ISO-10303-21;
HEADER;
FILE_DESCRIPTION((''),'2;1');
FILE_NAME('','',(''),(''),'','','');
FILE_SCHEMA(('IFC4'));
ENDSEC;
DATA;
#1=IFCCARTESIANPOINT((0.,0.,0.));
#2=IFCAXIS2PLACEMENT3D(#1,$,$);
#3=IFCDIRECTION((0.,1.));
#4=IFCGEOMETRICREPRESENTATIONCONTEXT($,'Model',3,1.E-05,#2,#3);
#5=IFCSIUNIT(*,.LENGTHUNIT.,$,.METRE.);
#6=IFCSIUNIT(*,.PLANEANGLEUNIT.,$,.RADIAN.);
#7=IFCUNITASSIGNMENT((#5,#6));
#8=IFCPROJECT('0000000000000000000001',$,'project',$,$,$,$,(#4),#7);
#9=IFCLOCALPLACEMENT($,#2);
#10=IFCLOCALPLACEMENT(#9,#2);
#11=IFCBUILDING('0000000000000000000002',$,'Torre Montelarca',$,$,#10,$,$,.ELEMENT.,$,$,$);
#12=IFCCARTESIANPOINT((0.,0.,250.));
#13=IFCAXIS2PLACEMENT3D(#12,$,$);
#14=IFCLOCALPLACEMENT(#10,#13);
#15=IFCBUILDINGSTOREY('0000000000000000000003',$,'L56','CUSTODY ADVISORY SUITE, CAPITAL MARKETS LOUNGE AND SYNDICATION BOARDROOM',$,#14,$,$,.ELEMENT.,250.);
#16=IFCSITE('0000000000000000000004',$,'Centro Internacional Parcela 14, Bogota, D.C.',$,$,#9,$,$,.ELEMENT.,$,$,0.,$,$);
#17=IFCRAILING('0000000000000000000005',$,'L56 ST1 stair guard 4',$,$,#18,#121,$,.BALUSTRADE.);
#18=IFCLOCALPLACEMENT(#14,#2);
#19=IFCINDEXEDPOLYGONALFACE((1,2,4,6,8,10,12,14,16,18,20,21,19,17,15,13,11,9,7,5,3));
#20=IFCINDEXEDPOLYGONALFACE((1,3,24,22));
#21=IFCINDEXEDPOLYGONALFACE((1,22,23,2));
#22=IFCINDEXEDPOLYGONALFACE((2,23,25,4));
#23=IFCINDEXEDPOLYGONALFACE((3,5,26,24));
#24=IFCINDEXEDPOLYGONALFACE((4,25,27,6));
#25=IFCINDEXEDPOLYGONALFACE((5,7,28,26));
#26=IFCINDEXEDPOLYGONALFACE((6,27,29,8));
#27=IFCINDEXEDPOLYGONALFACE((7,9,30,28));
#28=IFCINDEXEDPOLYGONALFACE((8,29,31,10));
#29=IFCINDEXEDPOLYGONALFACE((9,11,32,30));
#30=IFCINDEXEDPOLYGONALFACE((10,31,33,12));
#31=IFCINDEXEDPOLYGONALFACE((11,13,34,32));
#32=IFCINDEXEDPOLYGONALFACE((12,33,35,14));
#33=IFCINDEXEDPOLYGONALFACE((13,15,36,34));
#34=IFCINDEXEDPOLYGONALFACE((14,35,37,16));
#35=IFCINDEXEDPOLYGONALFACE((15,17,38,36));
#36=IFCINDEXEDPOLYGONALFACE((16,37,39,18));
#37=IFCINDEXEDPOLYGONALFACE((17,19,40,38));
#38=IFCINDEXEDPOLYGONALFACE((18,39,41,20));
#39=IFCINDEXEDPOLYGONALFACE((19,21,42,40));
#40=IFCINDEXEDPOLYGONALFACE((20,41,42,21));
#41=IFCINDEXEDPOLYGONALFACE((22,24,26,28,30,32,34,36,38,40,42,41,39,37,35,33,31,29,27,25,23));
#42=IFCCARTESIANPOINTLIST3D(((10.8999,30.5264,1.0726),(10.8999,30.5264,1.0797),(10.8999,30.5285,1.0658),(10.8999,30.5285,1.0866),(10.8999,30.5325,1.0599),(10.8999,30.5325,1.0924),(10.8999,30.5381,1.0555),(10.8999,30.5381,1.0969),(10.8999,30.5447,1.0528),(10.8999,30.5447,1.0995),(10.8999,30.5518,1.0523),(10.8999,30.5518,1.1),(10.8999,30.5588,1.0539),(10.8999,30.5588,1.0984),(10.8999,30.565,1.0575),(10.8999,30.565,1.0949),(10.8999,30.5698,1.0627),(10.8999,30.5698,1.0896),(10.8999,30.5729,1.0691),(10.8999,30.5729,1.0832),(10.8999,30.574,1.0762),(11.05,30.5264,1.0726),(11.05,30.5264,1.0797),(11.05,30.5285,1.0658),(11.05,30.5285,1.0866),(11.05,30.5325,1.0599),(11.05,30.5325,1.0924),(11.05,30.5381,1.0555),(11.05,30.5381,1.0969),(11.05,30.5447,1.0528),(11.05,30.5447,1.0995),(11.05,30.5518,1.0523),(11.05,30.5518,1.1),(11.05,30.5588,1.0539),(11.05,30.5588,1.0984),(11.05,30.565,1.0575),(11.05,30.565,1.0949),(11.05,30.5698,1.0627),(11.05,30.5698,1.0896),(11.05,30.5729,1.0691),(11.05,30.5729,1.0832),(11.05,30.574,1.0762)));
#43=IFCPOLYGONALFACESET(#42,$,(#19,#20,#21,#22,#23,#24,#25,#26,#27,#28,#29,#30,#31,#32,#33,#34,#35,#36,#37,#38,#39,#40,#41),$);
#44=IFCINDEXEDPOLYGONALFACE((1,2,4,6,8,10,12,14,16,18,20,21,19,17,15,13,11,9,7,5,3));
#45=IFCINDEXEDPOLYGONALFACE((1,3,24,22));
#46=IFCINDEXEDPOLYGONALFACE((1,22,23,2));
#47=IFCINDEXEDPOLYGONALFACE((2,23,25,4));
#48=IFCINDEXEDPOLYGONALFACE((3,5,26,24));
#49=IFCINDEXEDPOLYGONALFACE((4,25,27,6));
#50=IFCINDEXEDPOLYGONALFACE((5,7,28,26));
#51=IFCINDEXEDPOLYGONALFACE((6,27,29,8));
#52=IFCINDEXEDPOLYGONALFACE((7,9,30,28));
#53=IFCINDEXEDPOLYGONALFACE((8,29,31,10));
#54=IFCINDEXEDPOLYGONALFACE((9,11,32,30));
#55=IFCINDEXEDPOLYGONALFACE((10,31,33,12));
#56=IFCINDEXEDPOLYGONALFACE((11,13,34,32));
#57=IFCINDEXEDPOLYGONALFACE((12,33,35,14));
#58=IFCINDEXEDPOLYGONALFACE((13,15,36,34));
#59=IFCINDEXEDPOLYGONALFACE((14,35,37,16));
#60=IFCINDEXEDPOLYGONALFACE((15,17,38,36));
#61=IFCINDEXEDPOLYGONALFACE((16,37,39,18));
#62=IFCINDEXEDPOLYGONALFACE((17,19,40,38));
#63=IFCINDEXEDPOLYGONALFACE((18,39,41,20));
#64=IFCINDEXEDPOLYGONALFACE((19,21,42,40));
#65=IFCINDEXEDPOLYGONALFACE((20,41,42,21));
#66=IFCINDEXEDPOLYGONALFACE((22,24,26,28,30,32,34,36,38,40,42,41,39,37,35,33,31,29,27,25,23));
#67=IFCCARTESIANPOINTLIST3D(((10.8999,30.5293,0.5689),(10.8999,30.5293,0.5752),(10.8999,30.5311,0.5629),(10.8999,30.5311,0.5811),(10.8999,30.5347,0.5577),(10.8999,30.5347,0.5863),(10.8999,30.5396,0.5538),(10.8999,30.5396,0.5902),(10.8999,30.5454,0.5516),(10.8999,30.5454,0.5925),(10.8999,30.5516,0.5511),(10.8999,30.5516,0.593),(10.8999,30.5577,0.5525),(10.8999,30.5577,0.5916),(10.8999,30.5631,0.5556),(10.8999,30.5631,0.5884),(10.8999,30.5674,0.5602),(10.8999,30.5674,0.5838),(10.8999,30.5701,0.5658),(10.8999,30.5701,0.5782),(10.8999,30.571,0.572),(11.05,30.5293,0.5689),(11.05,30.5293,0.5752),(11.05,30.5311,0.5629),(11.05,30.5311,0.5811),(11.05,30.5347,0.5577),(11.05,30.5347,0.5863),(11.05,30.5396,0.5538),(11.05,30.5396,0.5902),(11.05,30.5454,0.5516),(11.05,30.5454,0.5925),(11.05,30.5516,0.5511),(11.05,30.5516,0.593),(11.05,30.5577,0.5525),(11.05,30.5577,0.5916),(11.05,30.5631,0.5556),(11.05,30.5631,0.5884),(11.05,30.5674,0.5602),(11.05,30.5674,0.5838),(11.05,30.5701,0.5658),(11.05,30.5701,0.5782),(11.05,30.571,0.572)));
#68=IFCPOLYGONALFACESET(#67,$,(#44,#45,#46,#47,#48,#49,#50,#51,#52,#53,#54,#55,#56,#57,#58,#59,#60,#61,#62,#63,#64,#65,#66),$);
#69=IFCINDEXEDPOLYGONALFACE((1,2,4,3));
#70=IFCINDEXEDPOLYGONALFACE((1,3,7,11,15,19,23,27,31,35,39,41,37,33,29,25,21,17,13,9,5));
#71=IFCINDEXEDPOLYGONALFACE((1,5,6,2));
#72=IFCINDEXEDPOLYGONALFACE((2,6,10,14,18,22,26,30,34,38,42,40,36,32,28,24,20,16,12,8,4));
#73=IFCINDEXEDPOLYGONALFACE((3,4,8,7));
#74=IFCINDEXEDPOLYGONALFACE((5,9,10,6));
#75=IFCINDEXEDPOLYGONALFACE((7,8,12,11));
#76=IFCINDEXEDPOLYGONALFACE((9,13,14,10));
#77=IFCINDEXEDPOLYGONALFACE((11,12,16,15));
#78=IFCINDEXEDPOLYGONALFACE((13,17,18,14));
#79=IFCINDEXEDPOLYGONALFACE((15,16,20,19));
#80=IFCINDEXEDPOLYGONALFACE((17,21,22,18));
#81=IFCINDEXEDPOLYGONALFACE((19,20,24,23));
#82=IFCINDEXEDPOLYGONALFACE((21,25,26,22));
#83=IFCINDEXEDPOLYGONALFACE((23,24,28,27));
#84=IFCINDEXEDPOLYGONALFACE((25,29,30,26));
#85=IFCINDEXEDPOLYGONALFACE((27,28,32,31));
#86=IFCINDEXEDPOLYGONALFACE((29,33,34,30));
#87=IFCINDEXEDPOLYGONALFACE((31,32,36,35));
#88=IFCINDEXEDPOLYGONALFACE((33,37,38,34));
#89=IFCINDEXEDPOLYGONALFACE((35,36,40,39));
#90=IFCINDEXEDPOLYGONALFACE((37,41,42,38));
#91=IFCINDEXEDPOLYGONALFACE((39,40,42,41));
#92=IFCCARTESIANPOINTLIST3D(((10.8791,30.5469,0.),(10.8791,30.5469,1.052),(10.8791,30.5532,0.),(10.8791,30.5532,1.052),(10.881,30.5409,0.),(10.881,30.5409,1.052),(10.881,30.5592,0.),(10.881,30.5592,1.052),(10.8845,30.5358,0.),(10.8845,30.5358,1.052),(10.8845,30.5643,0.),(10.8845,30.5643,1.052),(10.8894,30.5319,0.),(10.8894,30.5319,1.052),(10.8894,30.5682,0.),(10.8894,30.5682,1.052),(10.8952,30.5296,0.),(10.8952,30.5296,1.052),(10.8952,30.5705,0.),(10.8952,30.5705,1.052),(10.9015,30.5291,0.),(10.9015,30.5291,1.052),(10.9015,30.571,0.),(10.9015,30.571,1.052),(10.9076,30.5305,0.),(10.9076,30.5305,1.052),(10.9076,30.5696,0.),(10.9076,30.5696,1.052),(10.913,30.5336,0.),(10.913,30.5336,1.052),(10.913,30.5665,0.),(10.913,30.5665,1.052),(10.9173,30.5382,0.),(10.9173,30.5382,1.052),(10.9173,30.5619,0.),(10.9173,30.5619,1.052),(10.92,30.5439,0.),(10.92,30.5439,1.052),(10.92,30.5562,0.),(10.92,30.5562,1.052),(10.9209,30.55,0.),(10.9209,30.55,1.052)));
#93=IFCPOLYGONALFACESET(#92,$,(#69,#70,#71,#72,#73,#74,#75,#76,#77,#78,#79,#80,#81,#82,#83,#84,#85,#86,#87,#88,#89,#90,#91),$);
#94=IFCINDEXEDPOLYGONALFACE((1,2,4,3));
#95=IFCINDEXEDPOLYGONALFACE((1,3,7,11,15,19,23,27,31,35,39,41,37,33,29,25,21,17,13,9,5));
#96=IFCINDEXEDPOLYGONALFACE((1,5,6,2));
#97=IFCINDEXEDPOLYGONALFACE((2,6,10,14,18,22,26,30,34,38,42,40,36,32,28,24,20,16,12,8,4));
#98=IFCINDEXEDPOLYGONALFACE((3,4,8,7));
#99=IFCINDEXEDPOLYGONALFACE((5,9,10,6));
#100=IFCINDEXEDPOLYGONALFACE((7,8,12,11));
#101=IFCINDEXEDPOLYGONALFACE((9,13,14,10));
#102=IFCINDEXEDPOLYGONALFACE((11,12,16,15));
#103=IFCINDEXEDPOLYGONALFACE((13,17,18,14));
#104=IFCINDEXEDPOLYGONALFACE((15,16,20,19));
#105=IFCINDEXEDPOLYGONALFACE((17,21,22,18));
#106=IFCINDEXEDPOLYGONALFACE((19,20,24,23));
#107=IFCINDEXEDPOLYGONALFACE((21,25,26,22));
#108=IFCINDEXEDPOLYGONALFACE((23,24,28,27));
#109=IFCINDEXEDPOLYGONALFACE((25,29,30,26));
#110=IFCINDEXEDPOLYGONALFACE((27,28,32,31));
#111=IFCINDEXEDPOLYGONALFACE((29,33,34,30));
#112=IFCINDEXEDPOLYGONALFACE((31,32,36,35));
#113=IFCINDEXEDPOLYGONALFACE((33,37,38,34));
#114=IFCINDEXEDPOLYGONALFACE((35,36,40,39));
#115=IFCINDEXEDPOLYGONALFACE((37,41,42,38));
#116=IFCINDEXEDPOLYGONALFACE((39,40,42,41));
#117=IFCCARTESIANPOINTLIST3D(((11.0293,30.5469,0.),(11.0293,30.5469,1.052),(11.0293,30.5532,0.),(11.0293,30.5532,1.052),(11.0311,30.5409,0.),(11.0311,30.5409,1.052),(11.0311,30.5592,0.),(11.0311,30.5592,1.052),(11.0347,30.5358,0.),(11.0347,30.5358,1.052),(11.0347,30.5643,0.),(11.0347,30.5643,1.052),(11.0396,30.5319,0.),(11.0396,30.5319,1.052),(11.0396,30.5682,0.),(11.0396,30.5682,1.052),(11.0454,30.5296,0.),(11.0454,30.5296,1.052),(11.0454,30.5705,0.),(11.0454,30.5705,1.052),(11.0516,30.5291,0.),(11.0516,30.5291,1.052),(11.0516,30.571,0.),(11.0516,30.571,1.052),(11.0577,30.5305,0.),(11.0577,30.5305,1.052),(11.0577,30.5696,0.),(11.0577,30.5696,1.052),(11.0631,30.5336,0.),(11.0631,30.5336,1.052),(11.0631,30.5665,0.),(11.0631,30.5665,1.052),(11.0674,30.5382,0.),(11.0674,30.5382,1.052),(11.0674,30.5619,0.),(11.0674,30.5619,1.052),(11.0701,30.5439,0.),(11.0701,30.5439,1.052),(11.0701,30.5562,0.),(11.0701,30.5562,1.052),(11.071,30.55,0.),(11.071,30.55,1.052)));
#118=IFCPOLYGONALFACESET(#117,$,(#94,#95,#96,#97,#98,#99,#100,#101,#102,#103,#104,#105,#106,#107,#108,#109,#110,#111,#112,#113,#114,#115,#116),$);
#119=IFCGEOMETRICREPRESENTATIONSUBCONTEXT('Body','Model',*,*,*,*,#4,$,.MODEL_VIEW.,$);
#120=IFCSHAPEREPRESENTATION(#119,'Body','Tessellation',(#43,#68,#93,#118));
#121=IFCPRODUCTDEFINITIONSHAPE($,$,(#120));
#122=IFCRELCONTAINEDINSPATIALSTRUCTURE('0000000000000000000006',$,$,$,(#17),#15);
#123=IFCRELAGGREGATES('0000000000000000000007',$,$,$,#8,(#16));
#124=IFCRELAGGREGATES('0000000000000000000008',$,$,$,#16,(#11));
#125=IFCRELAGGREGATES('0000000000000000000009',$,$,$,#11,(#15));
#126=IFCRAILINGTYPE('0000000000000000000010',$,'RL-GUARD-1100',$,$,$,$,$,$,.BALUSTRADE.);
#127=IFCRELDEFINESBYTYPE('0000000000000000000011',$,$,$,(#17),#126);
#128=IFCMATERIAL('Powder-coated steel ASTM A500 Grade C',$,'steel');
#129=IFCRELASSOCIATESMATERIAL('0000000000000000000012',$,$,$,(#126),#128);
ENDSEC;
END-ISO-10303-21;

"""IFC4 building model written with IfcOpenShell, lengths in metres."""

from ifc_helpers import new_model, si_unit, direction, frame, origin, origin_2d, place, context, subcontext, project, spatial, circle, extrude, material, type_object, element, save


model = new_model("IFC4")

# Units and contexts
model_context = context("Model", 3, precision=1e-05, world=origin(), true_north=direction((0.0, 1.0)))
body_context = subcontext(model_context, "Body", "Model", "MODEL_VIEW")
ifc_project = project(units=[si_unit("LENGTHUNIT", "METRE"), si_unit("PLANEANGLEUNIT", "RADIAN")], contexts=[model_context])

# Site, building, storey
site_placement = place(None, origin())
site = spatial("IfcSite", under=ifc_project, at=site_placement, Name="Centro Internacional Parcela 14, Bogota, D.C.", CompositionType="ELEMENT", RefElevation=0.0)
building_placement = place(site_placement, origin())
building = spatial("IfcBuilding", under=site, at=building_placement, Name="Torre Montelarca", CompositionType="ELEMENT")
storey_placement = place(building_placement, frame((0.0, 0.0, 250.0)))
storey = spatial("IfcBuildingStorey", under=building, at=storey_placement, Name="L56", Description="CUSTODY ADVISORY SUITE, CAPITAL MARKETS LOUNGE AND SYNDICATION BOARDROOM", CompositionType="ELEMENT", Elevation=250.0)

# Railing
ifc_material_1 = material(Name="Powder-coated steel ASTM A500 Grade C", Category="steel")
railing_type_1 = type_object("IfcRailingType", Name="RL-GUARD-1100", PredefinedType="BALUSTRADE", material=ifc_material_1)
railing_1_placement = place(storey_placement, frame((10.8999, 30.55, 0.0)))
element("IfcRailing", 1, at=railing_1_placement, inside=storey, type_object=railing_type_1, Name="L56 ST1 stair guard 4", PredefinedType="BALUSTRADE", context=body_context, shape_type="SweptSolid", body=[
    extrude(circle(Radius=0.0239, at=origin_2d()), frame((0.0, 0.0, 1.0762), z_axis=(1.0, 0.0, 0.0), x_axis=(0.0, 1.0, 0.0)), (0.0, 0.0, 1.0), 0.1501),
    extrude(circle(Radius=0.021, at=origin_2d()), frame((0.0, 0.0, 0.572), z_axis=(1.0, 0.0, 0.0), x_axis=(0.0, 1.0, 0.0)), (0.0, 0.0, 1.0), 0.1501),
    extrude(circle(Radius=0.021, at=origin_2d()), origin(), (0.0, 0.0, 1.0), 1.052),
    extrude(circle(Radius=0.021, at=origin_2d()), frame((0.1501, 0.0, 0.0)), (0.0, 0.0, 1.0), 1.052),
])

save(model, "model.ifc")
